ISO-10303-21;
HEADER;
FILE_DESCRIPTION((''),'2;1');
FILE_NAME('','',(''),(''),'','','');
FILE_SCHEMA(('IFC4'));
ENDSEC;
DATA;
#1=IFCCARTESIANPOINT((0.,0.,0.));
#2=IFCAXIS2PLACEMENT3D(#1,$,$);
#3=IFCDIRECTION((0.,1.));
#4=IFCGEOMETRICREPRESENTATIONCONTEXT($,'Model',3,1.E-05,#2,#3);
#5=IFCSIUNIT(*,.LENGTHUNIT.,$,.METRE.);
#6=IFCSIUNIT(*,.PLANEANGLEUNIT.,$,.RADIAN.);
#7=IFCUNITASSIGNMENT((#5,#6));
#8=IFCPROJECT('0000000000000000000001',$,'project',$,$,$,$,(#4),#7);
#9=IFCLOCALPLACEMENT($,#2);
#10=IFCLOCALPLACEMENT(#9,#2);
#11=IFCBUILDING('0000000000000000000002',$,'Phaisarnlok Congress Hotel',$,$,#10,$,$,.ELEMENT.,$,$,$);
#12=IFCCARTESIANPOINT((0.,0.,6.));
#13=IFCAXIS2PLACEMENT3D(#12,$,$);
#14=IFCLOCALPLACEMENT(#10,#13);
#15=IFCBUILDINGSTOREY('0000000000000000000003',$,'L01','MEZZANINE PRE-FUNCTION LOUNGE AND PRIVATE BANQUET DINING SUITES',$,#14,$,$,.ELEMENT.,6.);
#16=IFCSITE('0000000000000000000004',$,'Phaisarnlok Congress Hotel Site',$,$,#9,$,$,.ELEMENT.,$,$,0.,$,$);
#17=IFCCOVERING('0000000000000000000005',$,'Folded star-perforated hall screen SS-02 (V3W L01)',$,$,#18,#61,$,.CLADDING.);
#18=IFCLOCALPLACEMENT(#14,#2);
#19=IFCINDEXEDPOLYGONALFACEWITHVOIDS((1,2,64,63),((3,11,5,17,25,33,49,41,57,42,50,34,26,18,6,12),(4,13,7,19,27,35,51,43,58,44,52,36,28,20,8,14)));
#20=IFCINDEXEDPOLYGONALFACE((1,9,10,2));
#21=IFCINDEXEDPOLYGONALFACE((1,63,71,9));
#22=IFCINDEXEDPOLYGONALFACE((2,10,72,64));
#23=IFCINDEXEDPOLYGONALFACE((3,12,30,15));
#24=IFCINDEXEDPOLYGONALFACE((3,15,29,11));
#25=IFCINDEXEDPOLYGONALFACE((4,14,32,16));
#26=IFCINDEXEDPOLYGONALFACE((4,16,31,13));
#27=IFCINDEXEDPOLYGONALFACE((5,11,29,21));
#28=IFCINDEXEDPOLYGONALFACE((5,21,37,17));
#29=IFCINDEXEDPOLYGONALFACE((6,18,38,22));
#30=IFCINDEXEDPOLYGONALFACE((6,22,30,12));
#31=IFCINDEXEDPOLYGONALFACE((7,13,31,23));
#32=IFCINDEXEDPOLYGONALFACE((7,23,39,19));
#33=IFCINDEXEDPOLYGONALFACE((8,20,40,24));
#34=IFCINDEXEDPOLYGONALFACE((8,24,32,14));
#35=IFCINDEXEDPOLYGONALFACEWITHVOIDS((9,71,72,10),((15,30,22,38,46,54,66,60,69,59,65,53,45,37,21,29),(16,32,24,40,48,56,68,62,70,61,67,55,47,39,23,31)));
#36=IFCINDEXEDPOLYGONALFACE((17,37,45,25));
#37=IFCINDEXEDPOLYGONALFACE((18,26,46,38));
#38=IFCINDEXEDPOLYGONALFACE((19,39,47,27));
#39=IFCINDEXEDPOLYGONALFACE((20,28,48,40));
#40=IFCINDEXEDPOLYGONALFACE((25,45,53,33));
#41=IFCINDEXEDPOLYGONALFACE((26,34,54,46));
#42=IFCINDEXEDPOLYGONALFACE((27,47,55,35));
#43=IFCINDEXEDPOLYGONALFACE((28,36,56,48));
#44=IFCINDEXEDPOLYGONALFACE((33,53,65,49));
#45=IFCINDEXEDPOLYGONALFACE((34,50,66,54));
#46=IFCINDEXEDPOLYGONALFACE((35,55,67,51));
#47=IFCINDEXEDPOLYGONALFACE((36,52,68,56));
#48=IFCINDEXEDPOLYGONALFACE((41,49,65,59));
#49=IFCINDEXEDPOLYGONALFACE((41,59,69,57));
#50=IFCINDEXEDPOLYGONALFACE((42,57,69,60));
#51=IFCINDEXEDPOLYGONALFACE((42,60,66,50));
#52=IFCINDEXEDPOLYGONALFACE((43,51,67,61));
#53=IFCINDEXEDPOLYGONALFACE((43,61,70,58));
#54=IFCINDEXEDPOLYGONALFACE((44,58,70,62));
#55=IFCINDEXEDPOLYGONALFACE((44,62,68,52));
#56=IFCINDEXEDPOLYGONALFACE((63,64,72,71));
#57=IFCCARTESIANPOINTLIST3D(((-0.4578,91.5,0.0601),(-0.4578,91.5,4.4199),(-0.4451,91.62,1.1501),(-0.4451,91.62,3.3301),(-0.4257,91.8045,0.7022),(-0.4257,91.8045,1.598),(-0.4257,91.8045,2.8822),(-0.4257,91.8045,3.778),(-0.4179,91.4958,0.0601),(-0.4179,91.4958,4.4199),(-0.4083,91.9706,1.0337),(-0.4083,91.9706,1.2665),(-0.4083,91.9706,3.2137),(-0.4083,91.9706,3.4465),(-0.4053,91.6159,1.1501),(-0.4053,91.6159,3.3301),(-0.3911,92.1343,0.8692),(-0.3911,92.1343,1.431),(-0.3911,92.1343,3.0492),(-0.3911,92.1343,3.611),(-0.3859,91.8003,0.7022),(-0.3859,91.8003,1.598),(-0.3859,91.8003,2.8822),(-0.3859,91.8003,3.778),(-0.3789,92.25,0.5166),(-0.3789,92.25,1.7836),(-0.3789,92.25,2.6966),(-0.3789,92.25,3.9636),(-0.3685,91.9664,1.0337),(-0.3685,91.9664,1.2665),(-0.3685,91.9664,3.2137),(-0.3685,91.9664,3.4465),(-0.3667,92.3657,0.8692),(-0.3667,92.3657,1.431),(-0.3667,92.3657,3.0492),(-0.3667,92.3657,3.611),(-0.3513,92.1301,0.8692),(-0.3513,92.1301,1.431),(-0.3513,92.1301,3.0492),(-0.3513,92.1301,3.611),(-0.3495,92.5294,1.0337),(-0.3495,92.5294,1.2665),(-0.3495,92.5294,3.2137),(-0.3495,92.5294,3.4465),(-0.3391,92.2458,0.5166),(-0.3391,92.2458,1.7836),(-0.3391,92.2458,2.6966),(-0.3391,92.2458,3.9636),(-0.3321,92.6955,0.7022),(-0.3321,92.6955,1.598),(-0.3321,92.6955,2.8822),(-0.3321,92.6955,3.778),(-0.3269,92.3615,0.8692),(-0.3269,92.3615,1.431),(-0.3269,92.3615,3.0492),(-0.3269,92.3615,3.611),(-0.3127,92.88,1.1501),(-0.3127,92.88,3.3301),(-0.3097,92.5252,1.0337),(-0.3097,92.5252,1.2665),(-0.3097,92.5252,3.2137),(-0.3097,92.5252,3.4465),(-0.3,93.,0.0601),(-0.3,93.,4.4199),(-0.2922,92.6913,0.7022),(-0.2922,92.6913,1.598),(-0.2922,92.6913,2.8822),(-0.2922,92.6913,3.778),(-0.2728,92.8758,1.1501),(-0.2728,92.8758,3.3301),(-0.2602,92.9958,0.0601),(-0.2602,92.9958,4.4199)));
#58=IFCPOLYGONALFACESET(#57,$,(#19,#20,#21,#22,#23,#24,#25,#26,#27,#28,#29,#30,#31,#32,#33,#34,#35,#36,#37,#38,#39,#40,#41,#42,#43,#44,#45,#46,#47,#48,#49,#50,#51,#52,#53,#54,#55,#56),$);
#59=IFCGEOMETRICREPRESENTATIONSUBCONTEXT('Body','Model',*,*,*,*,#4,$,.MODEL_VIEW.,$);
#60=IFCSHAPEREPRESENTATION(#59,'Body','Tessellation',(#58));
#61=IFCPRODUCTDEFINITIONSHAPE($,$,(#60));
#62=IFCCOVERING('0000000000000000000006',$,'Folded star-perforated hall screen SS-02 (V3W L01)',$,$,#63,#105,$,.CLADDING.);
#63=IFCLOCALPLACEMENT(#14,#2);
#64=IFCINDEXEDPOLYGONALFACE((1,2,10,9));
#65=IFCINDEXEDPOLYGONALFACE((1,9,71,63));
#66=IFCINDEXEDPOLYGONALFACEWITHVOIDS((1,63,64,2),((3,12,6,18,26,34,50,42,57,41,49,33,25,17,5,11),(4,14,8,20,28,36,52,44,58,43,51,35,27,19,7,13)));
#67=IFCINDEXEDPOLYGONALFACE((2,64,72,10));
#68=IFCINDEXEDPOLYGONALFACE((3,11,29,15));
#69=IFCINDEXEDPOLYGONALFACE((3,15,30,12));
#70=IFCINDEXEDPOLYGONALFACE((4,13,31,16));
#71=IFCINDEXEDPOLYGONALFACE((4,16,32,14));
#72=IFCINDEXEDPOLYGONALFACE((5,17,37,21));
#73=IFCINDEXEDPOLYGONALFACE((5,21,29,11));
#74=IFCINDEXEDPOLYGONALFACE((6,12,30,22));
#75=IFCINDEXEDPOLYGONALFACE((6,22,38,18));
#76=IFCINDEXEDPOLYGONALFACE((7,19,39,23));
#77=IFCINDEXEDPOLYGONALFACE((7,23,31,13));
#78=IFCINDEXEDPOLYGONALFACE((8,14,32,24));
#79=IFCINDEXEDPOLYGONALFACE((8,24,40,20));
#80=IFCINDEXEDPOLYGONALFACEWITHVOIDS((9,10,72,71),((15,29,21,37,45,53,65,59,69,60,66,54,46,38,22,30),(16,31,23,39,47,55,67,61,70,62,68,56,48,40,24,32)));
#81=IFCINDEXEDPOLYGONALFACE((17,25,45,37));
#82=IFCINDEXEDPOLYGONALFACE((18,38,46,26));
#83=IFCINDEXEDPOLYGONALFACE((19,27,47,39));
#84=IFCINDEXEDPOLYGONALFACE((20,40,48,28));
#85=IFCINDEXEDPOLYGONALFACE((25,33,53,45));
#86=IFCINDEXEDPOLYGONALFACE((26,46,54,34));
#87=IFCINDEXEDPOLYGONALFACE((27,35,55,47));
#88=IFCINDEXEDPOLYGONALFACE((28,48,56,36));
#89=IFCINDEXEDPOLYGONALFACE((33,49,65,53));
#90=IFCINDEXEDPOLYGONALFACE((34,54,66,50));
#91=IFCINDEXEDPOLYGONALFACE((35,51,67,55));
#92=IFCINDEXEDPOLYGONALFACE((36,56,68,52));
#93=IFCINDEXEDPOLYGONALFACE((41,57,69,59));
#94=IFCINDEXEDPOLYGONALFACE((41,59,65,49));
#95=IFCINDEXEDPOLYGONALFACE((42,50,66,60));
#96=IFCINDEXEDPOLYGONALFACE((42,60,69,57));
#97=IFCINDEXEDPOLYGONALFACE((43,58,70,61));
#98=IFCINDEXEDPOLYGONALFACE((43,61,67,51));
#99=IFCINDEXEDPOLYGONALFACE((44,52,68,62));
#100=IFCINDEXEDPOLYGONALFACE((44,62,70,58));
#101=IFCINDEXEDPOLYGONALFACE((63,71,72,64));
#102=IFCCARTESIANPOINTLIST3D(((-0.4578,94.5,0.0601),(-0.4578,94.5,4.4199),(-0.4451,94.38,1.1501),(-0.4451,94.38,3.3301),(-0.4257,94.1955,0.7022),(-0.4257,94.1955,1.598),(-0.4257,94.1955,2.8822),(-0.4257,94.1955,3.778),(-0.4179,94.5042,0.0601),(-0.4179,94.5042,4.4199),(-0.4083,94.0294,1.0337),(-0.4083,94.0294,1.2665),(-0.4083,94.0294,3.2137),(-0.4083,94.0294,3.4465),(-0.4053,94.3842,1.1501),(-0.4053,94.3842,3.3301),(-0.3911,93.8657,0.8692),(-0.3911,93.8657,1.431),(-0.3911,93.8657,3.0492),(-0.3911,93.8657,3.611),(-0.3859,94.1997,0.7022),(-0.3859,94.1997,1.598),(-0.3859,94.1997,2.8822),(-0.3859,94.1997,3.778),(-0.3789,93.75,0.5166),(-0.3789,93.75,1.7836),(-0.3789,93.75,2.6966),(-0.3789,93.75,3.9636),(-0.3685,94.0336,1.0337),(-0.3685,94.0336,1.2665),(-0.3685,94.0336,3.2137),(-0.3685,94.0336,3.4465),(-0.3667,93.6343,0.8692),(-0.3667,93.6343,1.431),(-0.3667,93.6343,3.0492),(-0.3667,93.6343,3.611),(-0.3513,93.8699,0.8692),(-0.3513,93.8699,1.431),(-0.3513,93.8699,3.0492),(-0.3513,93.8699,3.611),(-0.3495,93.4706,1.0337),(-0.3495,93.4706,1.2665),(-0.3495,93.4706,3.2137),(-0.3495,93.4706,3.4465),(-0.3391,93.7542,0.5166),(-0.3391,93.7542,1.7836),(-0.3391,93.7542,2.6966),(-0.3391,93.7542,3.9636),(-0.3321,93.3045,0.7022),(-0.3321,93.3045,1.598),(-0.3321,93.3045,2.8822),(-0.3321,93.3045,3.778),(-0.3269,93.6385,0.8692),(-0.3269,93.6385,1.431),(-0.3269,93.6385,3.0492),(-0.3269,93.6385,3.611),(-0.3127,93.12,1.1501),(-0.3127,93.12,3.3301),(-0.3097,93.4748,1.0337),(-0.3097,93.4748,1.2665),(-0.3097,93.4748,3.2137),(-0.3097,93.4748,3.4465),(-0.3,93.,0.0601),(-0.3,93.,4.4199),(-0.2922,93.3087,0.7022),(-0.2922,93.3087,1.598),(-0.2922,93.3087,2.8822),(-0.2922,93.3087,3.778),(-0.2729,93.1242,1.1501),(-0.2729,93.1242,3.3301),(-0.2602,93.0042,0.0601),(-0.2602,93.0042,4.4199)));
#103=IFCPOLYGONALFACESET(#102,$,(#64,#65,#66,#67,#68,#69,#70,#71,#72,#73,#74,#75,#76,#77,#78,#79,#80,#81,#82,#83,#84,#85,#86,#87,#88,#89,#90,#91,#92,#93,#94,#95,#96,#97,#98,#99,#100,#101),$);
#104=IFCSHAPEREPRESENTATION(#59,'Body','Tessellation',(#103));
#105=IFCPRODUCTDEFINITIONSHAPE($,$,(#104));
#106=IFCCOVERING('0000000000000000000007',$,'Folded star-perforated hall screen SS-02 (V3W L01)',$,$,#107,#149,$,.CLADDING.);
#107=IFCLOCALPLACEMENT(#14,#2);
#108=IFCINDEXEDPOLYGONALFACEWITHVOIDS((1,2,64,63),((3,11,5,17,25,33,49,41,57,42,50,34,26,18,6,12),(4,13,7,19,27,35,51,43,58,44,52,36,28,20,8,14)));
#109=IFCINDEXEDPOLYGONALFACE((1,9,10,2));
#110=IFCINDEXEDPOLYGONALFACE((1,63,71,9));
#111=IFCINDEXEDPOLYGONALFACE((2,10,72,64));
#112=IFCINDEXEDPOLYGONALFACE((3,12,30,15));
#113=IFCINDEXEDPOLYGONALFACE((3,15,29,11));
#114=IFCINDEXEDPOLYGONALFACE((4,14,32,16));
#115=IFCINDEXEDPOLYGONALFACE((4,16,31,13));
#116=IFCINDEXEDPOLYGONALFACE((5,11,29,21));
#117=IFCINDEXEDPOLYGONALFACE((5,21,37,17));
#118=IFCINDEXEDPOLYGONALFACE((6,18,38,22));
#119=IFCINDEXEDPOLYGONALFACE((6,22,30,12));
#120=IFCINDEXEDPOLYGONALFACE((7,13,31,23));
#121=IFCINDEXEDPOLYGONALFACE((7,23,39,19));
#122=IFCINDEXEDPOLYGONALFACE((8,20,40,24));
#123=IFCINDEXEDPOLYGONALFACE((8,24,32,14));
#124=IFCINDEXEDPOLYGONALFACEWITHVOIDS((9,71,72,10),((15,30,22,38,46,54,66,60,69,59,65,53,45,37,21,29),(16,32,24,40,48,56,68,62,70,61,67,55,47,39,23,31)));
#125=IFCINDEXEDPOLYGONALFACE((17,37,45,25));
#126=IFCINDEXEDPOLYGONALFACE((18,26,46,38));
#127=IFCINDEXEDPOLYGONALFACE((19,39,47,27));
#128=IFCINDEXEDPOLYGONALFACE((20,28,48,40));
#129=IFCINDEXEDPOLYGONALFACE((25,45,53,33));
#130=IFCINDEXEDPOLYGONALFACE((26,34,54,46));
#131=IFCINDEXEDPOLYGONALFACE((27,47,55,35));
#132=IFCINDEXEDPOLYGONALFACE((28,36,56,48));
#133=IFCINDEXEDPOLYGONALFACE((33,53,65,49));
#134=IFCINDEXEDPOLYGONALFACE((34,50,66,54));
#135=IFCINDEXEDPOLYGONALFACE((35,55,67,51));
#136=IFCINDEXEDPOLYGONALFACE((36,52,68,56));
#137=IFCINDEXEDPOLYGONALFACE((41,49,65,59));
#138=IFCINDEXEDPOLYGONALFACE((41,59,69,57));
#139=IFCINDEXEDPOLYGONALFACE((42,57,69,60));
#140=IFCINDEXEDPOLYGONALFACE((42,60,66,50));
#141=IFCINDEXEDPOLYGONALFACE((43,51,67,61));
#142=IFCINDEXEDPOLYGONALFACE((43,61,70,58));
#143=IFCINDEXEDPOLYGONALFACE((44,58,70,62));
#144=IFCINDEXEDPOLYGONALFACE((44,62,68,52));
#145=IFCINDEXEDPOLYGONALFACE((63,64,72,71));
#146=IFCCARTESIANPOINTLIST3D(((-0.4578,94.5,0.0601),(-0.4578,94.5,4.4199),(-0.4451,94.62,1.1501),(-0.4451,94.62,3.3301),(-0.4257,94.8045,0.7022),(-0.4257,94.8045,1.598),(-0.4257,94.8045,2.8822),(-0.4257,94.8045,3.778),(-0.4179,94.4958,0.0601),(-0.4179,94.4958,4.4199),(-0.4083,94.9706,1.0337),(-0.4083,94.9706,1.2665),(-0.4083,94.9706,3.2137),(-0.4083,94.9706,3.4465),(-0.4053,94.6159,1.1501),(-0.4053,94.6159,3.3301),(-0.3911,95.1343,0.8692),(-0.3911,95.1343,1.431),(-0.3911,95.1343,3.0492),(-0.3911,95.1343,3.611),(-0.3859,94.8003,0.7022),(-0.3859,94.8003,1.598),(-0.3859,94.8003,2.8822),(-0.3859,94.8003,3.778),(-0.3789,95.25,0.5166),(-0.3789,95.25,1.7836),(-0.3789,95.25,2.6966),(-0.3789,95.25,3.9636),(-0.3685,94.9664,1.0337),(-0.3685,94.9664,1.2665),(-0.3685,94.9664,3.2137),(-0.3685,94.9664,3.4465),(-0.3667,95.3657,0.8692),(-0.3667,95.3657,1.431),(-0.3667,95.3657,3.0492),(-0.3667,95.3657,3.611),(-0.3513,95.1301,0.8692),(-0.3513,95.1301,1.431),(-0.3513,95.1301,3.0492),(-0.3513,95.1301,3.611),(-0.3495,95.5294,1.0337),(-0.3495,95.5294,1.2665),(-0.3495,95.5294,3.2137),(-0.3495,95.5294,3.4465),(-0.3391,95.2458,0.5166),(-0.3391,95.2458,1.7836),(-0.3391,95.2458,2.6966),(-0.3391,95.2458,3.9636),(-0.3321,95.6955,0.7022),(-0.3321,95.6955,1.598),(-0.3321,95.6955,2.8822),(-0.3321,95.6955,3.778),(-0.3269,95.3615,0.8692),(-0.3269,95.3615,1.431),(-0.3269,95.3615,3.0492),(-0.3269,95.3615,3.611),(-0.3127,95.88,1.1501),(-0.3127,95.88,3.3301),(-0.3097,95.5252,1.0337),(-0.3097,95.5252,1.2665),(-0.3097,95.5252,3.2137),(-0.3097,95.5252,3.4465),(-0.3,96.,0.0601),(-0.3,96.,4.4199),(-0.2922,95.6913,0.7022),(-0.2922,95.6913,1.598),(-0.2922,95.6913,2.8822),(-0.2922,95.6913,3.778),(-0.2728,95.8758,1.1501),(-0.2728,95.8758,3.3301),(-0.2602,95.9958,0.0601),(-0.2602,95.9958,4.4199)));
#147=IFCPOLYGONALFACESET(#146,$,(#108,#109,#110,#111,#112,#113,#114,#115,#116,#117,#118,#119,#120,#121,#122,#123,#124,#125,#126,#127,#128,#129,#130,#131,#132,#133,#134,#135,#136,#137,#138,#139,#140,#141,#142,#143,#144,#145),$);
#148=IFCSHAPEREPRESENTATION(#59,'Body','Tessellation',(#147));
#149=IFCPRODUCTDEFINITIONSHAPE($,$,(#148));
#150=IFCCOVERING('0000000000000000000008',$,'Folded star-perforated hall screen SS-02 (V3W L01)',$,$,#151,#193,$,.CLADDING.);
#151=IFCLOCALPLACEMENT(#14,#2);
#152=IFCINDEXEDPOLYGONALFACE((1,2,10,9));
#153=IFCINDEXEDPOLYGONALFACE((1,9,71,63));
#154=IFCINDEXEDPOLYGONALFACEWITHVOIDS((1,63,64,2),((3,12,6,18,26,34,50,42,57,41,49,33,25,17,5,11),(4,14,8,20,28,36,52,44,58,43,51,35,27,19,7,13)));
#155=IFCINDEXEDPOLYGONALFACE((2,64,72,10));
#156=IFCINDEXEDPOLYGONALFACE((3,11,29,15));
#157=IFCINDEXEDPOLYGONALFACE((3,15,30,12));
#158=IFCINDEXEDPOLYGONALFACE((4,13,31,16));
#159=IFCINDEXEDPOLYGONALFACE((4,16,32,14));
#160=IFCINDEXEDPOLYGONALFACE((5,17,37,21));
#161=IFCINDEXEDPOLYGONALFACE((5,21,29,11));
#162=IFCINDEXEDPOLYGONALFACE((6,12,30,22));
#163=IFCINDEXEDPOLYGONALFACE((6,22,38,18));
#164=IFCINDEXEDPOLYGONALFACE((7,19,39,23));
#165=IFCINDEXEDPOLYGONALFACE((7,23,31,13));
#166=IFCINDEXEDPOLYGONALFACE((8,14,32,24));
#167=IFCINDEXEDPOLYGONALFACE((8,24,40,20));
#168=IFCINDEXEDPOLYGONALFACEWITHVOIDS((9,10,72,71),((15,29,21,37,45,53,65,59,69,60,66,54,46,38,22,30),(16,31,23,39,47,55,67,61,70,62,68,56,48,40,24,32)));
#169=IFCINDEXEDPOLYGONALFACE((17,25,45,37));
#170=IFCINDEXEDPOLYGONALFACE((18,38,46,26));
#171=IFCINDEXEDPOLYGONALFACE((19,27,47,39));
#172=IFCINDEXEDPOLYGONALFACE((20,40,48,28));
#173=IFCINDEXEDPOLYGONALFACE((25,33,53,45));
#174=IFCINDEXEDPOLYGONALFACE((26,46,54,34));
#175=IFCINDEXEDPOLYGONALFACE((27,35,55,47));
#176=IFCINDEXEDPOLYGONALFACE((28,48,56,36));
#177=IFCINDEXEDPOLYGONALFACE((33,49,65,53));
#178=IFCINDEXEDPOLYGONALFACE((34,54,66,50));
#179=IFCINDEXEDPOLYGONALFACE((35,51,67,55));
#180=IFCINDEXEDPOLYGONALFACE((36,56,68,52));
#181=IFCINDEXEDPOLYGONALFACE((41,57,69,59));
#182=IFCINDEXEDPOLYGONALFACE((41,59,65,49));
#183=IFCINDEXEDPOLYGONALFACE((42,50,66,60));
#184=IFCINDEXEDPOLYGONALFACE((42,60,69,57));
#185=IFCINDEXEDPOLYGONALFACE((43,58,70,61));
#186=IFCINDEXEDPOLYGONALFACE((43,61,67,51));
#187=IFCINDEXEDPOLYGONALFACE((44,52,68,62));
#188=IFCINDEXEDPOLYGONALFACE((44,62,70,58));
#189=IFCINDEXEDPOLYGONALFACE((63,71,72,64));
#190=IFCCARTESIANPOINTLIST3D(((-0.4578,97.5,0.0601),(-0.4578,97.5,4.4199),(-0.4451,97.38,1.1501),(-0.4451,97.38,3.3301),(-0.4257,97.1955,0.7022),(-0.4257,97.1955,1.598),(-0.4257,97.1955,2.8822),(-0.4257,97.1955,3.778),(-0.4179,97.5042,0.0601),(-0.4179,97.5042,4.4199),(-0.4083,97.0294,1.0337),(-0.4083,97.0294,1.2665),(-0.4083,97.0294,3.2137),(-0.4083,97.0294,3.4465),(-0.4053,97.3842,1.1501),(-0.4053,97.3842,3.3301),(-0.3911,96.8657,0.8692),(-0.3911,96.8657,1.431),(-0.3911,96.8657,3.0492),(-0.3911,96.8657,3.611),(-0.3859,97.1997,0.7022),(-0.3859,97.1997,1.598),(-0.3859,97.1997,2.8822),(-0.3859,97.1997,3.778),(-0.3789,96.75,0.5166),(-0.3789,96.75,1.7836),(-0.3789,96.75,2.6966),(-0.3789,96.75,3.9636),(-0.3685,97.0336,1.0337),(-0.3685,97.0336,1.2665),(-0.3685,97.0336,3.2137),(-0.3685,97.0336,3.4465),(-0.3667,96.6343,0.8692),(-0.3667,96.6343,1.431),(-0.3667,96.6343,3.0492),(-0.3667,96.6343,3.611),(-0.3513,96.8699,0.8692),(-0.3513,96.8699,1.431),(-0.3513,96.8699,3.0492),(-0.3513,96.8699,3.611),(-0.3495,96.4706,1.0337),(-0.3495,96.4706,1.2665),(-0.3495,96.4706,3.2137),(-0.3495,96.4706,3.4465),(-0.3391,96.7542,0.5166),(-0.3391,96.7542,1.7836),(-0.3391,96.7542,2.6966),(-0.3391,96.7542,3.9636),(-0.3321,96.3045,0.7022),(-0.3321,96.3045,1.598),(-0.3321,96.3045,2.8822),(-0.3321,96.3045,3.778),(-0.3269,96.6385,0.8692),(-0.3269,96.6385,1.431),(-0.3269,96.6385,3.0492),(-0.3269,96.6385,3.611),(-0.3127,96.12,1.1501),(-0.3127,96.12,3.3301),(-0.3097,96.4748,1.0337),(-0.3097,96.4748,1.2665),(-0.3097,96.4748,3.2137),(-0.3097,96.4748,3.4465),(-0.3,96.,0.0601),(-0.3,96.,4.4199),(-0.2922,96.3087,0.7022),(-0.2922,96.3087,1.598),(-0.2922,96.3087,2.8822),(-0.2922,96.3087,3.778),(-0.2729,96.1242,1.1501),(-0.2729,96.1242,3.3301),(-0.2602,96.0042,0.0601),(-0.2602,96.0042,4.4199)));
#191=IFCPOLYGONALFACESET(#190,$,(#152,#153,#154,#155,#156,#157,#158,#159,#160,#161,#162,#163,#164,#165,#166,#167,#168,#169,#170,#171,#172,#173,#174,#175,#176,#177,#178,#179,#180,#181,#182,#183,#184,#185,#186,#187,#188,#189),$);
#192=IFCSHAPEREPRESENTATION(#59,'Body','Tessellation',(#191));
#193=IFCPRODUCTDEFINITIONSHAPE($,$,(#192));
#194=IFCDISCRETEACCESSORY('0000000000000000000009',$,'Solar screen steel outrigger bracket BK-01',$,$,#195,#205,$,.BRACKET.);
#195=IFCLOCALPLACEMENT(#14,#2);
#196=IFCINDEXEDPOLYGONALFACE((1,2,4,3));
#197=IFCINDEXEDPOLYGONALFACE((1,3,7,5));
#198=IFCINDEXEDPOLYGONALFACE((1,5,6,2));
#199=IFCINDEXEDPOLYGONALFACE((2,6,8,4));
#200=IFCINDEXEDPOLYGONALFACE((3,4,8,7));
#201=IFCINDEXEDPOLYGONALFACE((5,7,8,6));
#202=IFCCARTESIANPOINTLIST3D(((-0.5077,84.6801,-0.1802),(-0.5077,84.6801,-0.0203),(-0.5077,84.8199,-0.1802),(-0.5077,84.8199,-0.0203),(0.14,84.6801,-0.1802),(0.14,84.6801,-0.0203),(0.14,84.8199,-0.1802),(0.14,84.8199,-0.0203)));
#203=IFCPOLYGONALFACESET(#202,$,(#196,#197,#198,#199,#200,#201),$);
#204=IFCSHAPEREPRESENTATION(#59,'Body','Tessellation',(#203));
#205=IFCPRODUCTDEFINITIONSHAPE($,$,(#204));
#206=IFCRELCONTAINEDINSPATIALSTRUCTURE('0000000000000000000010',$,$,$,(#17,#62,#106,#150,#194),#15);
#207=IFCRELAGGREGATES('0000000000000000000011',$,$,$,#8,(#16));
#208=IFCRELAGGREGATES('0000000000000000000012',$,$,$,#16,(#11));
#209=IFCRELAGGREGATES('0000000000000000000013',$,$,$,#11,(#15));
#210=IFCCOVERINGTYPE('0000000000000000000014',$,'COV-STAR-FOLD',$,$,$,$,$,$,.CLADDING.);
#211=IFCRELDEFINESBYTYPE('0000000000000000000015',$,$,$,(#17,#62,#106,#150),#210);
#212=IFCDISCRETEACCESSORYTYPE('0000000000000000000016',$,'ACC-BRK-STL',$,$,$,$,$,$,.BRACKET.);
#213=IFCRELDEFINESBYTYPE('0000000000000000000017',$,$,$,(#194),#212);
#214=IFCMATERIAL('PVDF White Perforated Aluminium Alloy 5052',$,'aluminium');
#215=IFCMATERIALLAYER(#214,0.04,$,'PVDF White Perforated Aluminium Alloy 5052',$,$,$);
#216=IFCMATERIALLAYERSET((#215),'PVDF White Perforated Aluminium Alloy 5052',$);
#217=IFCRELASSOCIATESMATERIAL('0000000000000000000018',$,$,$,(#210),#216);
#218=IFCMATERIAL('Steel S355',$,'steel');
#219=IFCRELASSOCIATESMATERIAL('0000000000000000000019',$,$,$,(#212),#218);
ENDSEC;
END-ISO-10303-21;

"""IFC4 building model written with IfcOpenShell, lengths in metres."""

from ifc_helpers import new_model, si_unit, direction, frame, origin, origin_2d, place, context, subcontext, project, spatial, polyline, rectangle, outline, extrude, material, layer, layer_set, type_object, element, save


model = new_model("IFC4")

# Units and contexts
model_context = context("Model", 3, precision=1e-05, world=origin(), true_north=direction((0.0, 1.0)))
body_context = subcontext(model_context, "Body", "Model", "MODEL_VIEW")
ifc_project = project(units=[si_unit("LENGTHUNIT", "METRE"), si_unit("PLANEANGLEUNIT", "RADIAN")], contexts=[model_context])

# Site, building, storey
site_placement = place(None, origin())
site = spatial("IfcSite", under=ifc_project, at=site_placement, Name="Phaisarnlok Congress Hotel Site", CompositionType="ELEMENT", RefElevation=0.0)
building_placement = place(site_placement, origin())
building = spatial("IfcBuilding", under=site, at=building_placement, Name="Phaisarnlok Congress Hotel", CompositionType="ELEMENT")
storey_placement = place(building_placement, frame((0.0, 0.0, 6.0)))
storey = spatial("IfcBuildingStorey", under=building, at=storey_placement, Name="L01", Description="MEZZANINE PRE-FUNCTION LOUNGE AND PRIVATE BANQUET DINING SUITES", CompositionType="ELEMENT", Elevation=6.0)

# Coverings
ifc_material_1 = material(Name="PVDF White Perforated Aluminium Alloy 5052", Category="aluminium")
ifc_layer = layer(ifc_material_1, 0.04, Name="PVDF White Perforated Aluminium Alloy 5052")
ifc_layer_set = layer_set([ifc_layer], Name="PVDF White Perforated Aluminium Alloy 5052")
covering_type = type_object("IfcCoveringType", Name="COV-STAR-FOLD", PredefinedType="CLADDING", material=ifc_layer_set)
for number, where, z_axis, x_axis, name in (
    (1, (-0.4578, 91.5, 0.0601), (0.994518, -0.104567, 0.0), (0.104567, 0.994518, 0.0), "Folded star-perforated hall screen SS-02 (V3W L01)"),
    (2, (-0.3, 93.0, 0.0601), (0.994518, 0.104567, 0.0), (-0.104567, 0.994518, 0.0), "Folded star-perforated hall screen SS-02 (V3W L01)"),
    (3, (-0.4578, 94.5, 0.0601), (0.994518, -0.104567, 0.0), (0.104567, 0.994518, 0.0), "Folded star-perforated hall screen SS-02 (V3W L01)"),
    (4, (-0.3, 96.0, 0.0601), (0.994518, 0.104567, 0.0), (-0.104567, 0.994518, 0.0), "Folded star-perforated hall screen SS-02 (V3W L01)"),
):
    element("IfcCovering", number, at=place(storey_placement, frame(where, z_axis=z_axis, x_axis=x_axis)), inside=storey, type_object=covering_type, Name=name, PredefinedType="CLADDING", context=body_context, shape_type="SweptSolid", body=[
        extrude(outline(polyline([(0.0, 0.0), (1.5083, 0.0), (1.5083, 4.3599), (0.0, 4.3599), (0.0, 0.0)]), holes=[polyline([(1.0351, 0.9736), (1.2021, 0.6421), (0.8705, 0.8091), (0.7541, 0.4565), (0.6378, 0.8091), (0.3062, 0.6421), (0.4732, 0.9736), (0.1207, 1.09), (0.4732, 1.2064), (0.3062, 1.5379), (0.6378, 1.3709), (0.7541, 1.7235), (0.8705, 1.3709), (1.2021, 1.5379), (1.0351, 1.2064), (1.3876, 1.09), (1.0351, 0.9736)]), polyline([(1.0351, 3.1536), (1.2021, 2.8221), (0.8705, 2.9891), (0.7541, 2.6365), (0.6378, 2.9891), (0.3062, 2.8221), (0.4732, 3.1536), (0.1207, 3.27), (0.4732, 3.3864), (0.3062, 3.7179), (0.6378, 3.5509), (0.7541, 3.9035), (0.8705, 3.5509), (1.2021, 3.7179), (1.0351, 3.3864), (1.3876, 3.27), (1.0351, 3.1536)])]), origin(), (0.0, 0.0, 1.0), 0.04),
    ])

# Discrete accessory
ifc_material_2 = material(Name="Steel S355", Category="steel")
discrete_accessory_type = type_object("IfcDiscreteAccessoryType", Name="ACC-BRK-STL", PredefinedType="BRACKET", material=ifc_material_2)
for number, where, z_axis, x_axis, name in (
    (5, (-0.1838, 84.75, -0.1802), (0.0, 0.0, 1.0), (1.0, 0.0, 0.0), "Solar screen steel outrigger bracket BK-01"),
):
    element("IfcDiscreteAccessory", number, at=place(storey_placement, frame(where, z_axis=z_axis, x_axis=x_axis)), inside=storey, type_object=discrete_accessory_type, Name=name, PredefinedType="BRACKET", context=body_context, shape_type="SweptSolid", body=[
        extrude(rectangle(XDim=0.6477, YDim=0.1399, at=origin_2d()), origin(), (0.0, 0.0, 1.0), 0.1599),
    ])

save(model, "model.ifc")
